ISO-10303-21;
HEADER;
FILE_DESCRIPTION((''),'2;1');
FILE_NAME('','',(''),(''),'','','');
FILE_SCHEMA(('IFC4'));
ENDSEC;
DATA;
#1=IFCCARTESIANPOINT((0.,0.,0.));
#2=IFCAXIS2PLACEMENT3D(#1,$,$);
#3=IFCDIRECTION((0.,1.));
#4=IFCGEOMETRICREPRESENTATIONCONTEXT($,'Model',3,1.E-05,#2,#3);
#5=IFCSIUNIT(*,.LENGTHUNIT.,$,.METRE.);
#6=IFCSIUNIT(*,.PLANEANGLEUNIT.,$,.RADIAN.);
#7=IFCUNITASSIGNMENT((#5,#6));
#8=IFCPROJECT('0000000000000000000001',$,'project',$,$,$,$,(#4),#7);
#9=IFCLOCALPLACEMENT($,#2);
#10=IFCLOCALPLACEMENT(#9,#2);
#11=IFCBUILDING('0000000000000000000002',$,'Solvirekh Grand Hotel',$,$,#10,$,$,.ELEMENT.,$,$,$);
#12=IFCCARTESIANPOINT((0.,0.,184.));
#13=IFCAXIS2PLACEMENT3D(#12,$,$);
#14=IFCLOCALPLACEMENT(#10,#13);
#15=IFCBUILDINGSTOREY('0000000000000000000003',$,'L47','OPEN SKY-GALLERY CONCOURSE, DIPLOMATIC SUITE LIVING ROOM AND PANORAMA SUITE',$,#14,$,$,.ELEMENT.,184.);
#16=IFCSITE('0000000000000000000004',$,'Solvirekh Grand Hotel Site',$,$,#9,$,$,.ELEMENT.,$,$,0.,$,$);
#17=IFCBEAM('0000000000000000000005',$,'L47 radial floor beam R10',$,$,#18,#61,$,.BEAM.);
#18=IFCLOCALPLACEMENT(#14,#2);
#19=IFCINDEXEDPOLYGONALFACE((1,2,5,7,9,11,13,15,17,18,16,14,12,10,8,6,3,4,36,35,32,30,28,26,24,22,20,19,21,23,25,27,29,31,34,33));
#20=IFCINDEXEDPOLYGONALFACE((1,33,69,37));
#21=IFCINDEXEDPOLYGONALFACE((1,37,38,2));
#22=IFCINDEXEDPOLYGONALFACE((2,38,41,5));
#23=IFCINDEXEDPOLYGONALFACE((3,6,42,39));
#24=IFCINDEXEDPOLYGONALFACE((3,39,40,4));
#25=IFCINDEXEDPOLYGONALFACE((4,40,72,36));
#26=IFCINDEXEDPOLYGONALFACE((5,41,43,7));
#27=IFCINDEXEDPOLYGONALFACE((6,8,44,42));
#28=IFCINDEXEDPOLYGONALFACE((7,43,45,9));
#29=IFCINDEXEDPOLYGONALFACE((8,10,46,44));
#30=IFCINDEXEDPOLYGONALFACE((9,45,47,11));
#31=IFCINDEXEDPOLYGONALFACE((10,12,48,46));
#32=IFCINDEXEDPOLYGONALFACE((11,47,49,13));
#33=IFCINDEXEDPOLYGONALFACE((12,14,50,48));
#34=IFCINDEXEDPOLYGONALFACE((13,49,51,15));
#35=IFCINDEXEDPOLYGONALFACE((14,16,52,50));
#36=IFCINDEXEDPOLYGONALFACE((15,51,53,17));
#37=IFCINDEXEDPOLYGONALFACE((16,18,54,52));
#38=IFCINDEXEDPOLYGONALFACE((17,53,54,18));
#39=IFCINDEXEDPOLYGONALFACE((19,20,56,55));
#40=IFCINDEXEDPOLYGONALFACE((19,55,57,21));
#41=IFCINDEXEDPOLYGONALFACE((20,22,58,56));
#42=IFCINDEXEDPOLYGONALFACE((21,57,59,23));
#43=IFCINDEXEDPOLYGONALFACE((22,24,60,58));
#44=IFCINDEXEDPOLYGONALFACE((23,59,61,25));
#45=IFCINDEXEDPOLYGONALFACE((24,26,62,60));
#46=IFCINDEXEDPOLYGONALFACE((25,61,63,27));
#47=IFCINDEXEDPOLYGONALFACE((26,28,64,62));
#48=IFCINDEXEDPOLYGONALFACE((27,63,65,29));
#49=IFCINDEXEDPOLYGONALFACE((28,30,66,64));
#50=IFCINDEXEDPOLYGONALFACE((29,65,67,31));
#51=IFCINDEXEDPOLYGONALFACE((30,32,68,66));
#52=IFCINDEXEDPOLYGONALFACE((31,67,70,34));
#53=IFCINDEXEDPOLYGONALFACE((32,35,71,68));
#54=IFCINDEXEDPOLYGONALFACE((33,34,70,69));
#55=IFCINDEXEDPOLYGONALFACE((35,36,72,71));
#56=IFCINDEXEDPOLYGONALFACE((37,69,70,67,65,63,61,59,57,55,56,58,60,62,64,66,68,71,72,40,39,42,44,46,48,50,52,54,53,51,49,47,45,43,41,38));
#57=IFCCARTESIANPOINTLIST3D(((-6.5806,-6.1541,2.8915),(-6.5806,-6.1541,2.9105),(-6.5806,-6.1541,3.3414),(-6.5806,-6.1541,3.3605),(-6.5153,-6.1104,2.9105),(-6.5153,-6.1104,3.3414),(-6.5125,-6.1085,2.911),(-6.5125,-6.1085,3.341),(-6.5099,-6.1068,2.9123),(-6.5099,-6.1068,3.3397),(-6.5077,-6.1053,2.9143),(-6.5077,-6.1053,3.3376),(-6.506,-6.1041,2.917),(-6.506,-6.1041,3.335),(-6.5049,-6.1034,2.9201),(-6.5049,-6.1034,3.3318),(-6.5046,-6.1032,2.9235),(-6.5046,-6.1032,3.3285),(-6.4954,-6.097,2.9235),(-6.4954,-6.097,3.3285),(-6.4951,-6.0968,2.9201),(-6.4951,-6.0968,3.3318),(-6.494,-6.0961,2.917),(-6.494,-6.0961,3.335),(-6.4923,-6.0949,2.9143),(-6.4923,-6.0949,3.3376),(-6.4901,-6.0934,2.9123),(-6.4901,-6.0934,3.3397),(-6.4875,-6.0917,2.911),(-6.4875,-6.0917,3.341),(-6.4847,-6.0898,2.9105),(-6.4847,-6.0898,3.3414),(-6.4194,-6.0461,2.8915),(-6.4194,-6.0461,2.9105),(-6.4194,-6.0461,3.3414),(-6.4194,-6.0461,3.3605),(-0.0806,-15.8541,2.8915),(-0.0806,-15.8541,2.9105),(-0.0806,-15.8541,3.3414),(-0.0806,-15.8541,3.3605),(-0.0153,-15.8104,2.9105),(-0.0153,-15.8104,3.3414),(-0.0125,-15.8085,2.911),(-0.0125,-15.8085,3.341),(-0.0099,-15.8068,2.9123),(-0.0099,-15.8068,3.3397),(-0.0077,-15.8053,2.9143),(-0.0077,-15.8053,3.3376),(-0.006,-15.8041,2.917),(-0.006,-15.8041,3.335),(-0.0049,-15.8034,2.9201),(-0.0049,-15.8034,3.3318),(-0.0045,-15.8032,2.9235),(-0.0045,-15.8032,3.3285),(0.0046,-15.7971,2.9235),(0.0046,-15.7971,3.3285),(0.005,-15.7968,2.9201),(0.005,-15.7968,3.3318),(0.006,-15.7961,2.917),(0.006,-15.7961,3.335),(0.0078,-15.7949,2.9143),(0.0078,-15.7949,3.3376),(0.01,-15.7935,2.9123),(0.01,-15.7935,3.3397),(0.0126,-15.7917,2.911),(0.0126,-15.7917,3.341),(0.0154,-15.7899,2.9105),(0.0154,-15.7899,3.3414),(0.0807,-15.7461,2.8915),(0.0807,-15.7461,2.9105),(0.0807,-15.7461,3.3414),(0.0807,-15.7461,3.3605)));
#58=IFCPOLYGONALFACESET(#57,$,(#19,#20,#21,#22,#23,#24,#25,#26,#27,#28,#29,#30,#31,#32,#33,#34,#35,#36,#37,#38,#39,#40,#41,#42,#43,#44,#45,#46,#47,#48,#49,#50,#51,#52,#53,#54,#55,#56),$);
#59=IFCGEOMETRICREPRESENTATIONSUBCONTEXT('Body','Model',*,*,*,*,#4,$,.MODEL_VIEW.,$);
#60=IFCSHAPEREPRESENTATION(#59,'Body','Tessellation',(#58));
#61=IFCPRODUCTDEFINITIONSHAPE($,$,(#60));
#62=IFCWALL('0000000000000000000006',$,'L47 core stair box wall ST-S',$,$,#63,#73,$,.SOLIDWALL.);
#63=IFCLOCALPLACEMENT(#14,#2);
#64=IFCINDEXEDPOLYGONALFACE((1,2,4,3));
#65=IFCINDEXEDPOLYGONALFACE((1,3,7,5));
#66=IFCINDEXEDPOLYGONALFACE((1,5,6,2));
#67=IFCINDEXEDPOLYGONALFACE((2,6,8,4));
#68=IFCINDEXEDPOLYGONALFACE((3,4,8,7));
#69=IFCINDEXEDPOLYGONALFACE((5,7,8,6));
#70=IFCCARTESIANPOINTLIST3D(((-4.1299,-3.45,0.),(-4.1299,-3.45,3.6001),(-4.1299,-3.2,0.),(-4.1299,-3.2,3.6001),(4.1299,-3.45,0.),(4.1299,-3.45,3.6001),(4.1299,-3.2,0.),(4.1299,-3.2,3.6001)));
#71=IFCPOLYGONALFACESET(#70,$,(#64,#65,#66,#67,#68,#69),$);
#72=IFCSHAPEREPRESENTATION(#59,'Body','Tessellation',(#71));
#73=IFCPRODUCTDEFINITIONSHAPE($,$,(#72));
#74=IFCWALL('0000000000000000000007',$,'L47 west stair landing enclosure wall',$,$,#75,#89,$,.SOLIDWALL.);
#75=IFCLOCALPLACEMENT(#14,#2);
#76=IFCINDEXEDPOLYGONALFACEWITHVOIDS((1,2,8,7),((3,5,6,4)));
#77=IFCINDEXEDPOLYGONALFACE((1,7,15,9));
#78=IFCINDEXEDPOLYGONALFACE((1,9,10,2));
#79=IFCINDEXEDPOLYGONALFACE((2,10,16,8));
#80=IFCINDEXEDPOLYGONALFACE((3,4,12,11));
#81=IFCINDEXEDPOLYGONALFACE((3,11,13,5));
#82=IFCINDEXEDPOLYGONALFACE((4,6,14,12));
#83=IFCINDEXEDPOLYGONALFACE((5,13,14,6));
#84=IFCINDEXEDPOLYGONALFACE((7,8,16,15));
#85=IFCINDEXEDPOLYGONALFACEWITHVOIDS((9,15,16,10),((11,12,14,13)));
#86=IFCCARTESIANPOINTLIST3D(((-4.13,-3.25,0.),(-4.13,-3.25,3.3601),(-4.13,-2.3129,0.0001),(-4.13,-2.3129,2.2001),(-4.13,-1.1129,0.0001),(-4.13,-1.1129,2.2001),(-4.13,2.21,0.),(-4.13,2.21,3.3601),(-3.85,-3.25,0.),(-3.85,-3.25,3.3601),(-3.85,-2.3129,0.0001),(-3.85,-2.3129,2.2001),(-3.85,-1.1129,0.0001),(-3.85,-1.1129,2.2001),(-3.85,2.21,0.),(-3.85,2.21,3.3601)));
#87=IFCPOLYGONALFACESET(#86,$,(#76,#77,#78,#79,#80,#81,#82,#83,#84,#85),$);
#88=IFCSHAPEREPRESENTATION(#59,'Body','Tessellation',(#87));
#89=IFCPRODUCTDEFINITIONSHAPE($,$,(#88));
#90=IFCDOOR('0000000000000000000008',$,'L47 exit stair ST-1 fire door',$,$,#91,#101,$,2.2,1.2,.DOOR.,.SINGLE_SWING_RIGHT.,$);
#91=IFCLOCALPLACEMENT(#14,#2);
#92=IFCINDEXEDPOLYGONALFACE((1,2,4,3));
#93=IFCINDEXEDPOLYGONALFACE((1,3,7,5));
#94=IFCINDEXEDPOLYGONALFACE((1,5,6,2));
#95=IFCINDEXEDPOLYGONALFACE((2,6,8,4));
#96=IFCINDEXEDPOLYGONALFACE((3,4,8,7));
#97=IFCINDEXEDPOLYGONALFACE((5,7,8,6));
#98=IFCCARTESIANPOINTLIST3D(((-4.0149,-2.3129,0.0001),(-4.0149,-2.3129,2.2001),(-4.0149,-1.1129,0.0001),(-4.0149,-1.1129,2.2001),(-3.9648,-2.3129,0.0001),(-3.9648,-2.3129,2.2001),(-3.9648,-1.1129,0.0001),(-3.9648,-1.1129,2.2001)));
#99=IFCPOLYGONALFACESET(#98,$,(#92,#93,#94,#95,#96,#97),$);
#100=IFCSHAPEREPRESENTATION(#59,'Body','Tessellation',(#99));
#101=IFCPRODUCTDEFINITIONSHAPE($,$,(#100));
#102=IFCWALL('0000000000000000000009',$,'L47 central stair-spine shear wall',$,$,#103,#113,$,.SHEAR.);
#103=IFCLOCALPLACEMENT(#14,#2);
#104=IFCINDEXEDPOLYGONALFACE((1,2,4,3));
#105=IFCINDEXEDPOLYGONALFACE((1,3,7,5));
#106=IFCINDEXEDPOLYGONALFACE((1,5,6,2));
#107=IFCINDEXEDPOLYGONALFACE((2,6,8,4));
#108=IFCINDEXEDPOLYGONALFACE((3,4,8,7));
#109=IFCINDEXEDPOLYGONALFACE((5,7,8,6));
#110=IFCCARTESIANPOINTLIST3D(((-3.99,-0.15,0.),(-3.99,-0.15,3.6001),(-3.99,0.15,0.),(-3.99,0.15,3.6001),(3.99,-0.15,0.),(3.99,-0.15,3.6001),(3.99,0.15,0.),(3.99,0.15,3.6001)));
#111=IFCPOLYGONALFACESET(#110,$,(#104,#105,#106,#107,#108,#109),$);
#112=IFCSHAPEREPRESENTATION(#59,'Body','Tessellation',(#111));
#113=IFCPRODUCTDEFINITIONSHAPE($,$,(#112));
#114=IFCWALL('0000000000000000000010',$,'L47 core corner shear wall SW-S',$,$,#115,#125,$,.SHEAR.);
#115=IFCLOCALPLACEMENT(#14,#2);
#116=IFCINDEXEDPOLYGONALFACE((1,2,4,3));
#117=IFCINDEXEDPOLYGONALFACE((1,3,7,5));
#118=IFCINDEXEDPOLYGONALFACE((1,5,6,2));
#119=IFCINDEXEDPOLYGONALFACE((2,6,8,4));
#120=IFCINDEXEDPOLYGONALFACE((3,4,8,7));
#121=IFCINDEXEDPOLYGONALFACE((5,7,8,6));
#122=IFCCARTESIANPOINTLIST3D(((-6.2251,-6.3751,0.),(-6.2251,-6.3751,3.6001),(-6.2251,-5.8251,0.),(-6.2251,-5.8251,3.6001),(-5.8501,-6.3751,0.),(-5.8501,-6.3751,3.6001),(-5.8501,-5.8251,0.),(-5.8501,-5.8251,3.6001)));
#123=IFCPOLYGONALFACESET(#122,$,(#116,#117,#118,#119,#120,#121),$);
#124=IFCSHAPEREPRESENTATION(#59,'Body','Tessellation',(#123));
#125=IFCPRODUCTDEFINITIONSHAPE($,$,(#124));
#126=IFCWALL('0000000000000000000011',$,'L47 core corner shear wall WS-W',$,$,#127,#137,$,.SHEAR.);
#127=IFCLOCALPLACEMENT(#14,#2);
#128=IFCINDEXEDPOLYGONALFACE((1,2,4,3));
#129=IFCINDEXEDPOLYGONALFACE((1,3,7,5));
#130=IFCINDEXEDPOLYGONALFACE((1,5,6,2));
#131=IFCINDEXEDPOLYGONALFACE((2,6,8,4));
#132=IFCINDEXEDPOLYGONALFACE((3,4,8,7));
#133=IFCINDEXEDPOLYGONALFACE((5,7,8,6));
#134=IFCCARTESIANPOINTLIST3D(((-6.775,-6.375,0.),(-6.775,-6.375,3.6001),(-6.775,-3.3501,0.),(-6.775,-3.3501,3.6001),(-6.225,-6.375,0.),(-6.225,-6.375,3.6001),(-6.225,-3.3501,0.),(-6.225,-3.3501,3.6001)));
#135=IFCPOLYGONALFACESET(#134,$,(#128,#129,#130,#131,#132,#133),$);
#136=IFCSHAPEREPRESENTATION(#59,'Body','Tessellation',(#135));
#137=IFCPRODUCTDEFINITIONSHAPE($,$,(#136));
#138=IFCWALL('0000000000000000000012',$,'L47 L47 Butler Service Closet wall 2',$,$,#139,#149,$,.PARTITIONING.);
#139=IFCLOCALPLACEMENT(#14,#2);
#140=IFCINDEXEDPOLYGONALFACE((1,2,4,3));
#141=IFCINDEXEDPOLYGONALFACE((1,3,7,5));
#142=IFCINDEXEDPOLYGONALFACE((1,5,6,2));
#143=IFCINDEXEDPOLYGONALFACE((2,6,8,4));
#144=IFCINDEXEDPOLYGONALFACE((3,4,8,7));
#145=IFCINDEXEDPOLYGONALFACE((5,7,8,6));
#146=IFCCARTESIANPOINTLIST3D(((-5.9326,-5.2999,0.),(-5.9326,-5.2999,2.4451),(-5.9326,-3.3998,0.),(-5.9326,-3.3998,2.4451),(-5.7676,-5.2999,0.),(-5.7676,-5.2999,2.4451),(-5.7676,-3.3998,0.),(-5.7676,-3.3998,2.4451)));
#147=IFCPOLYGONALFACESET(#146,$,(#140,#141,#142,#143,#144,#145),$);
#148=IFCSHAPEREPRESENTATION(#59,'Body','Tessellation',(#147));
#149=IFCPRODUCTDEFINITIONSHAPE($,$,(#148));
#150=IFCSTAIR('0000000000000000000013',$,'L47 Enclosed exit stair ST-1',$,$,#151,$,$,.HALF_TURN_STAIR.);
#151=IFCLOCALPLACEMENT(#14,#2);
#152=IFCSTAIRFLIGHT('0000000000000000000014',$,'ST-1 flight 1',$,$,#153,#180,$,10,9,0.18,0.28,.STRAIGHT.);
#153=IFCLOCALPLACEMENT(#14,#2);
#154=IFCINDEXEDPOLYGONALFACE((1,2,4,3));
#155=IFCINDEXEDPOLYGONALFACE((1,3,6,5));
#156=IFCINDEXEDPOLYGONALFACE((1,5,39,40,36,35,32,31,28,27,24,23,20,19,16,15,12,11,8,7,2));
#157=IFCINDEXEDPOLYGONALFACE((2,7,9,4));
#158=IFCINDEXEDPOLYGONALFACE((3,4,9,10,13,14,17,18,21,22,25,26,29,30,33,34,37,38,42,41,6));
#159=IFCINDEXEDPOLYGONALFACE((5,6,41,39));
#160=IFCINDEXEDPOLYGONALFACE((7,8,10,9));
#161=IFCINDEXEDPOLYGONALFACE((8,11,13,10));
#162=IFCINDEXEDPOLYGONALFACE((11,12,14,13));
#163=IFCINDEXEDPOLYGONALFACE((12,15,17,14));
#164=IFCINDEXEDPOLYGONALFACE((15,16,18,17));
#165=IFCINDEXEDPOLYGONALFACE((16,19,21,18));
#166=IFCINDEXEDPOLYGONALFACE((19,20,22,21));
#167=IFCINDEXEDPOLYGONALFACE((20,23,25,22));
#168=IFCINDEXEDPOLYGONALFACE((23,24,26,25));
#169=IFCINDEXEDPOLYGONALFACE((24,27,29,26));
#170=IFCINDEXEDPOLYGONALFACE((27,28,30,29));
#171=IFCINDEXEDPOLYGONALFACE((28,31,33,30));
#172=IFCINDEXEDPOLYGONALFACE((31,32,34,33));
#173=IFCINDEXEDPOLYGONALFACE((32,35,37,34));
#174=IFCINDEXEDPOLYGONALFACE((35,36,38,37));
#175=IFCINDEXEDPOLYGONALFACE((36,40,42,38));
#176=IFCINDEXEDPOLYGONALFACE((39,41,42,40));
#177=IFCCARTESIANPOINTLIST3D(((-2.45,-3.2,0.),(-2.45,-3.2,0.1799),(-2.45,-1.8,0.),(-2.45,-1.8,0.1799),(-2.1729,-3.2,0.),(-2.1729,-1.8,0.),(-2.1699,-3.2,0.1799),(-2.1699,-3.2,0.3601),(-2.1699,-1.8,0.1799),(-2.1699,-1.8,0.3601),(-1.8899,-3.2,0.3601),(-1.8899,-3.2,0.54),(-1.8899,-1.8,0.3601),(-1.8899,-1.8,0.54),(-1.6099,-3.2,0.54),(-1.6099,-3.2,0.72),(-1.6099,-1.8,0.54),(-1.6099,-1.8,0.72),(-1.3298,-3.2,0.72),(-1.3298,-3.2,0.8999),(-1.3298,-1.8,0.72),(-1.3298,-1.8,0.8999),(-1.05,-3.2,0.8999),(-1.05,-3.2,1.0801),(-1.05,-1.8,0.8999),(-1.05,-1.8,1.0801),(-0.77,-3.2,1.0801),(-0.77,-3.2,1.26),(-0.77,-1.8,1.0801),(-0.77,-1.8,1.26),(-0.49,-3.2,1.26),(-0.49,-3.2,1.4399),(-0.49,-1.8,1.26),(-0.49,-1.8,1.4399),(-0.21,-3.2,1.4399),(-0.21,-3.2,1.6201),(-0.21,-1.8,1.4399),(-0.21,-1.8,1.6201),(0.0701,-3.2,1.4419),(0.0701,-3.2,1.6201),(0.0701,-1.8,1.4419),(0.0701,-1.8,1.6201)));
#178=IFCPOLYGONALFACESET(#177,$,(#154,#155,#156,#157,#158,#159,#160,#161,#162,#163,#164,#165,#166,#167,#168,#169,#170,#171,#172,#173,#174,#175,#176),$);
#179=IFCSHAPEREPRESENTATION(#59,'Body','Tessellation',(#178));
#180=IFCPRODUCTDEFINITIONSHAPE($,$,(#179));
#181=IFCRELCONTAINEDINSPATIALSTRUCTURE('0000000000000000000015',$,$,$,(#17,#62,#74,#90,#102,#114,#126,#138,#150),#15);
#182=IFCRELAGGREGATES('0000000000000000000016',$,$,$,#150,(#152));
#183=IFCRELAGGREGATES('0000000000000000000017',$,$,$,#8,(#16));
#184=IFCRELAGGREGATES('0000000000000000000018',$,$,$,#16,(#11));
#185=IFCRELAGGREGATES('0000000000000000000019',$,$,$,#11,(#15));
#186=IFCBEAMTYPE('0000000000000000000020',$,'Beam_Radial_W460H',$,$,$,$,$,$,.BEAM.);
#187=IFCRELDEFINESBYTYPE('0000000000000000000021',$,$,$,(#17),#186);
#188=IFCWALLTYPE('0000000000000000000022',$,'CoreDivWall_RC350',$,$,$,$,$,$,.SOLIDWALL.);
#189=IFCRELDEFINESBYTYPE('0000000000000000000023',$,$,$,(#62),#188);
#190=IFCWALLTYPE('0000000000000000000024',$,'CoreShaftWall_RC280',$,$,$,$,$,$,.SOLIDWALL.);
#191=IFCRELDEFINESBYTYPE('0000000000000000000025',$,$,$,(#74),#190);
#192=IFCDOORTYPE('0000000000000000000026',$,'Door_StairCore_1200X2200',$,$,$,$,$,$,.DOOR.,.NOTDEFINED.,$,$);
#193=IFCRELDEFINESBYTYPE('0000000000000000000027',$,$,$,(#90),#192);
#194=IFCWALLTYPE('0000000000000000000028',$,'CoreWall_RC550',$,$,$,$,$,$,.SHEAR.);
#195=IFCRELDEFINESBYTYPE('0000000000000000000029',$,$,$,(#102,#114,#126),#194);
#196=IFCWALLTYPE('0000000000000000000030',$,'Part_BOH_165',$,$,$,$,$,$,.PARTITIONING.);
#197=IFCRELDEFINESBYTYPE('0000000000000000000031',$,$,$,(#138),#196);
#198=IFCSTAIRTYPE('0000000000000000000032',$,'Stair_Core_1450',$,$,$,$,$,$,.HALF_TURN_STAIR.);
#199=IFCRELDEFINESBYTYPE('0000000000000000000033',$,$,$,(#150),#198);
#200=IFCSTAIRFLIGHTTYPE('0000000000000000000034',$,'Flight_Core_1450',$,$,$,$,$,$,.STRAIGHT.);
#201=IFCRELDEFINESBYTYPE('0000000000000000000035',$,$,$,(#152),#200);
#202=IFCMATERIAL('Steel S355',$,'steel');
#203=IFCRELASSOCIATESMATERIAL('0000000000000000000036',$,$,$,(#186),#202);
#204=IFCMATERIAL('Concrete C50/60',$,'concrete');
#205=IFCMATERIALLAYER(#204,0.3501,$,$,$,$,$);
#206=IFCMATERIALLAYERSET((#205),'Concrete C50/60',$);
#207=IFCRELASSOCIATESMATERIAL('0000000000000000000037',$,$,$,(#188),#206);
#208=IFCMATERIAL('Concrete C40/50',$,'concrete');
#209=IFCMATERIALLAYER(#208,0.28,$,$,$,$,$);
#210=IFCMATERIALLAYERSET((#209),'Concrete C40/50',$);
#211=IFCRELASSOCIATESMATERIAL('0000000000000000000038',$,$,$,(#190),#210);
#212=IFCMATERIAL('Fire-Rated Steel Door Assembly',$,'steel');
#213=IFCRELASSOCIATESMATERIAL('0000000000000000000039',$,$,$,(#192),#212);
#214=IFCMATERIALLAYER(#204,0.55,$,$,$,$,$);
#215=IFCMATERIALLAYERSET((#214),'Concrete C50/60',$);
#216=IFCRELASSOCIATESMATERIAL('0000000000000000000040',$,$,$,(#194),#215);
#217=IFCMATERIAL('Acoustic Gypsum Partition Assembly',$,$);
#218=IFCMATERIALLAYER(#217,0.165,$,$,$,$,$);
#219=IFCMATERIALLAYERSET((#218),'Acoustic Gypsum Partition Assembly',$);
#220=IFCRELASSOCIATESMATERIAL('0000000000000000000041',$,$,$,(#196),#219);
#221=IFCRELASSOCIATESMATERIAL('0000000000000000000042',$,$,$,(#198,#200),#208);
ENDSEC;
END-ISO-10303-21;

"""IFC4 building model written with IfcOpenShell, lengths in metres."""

from ifc_helpers import new_model, si_unit, direction, frame, frame_2d, origin, origin_2d, place, context, subcontext, project, spatial, polyline, rectangle, i_section, outline, extrude, material, layer, layer_set, material_profile, profile_set, type_object, element, fill, aggregate, save


model = new_model("IFC4")

# Units and contexts
model_context = context("Model", 3, precision=1e-05, world=origin(), true_north=direction((0.0, 1.0)))
body_context = subcontext(model_context, "Body", "Model", "MODEL_VIEW")
ifc_project = project(units=[si_unit("LENGTHUNIT", "METRE"), si_unit("PLANEANGLEUNIT", "RADIAN")], contexts=[model_context])

# Site, building, storey
site_placement = place(None, origin())
site = spatial("IfcSite", under=ifc_project, at=site_placement, Name="Solvirekh Grand Hotel Site", CompositionType="ELEMENT", RefElevation=0.0)
building_placement = place(site_placement, origin())
building = spatial("IfcBuilding", under=site, at=building_placement, Name="Solvirekh Grand Hotel", CompositionType="ELEMENT")
storey_placement = place(building_placement, frame((0.0, 0.0, 184.0)))
storey = spatial("IfcBuildingStorey", under=building, at=storey_placement, Name="L47", Description="OPEN SKY-GALLERY CONCOURSE, DIPLOMATIC SUITE LIVING ROOM AND PANORAMA SUITE", CompositionType="ELEMENT", Elevation=184.0)

# Shared definitions
ifc_material_1 = material(Name="Concrete C50/60", Category="concrete")

# Beam
ifc_material_2 = material(Name="Steel S355", Category="steel")
ifc_material_profile_1 = material_profile(ifc_material_2, i_section(OverallWidth=0.1941, OverallDepth=0.469, WebThickness=0.011, FlangeThickness=0.019, FilletRadius=0.0129, at=origin_2d()), Name="W460X106")
ifc_profile_set_1 = profile_set([ifc_material_profile_1], Name="Steel S355")
beam_type_1 = type_object("IfcBeamType", Name="Beam_Radial_W460H", PredefinedType="BEAM", material=ifc_profile_set_1)
beam_1_placement = place(storey_placement, frame((-6.5, -6.1001, 3.126), z_axis=(0.556677, -0.830729, 0.0), x_axis=(0.830729, 0.556677, 0.0)))
element("IfcBeam", 1, at=beam_1_placement, inside=storey, type_object=beam_type_1, Name="L47 radial floor beam R10", PredefinedType="BEAM", context=body_context, shape_type="SweptSolid", body=[
    extrude(i_section(OverallWidth=0.1941, OverallDepth=0.469, WebThickness=0.011, FlangeThickness=0.019, FilletRadius=0.0129, at=origin_2d()), origin(), (0.0, 0.0, 1.0), 11.6765),
])

# Wall
ifc_layer_1 = layer(ifc_material_1, 0.3501)
ifc_layer_set_1 = layer_set([ifc_layer_1], Name="Concrete C50/60")
wall_type_1 = type_object("IfcWallType", Name="CoreDivWall_RC350", PredefinedType="SOLIDWALL", material=ifc_layer_set_1)
wall_1_placement = place(storey_placement, frame((-4.1299, -3.325, 0.0), z_axis=(0.0, 0.0, 1.0), x_axis=(1.0, 0.0, 0.0)))
element("IfcWall", 2, at=wall_1_placement, inside=storey, type_object=wall_type_1, Name="L47 core stair box wall ST-S", PredefinedType="SOLIDWALL", context=body_context, shape_type="SweptSolid", body=[
    extrude(rectangle(XDim=8.2598, YDim=0.25, at=frame_2d((4.1299, 0.0))), origin(), (0.0, 0.0, 1.0), 3.6001),
])

# Wall, opening, door
ifc_material_3 = material(Name="Concrete C40/50", Category="concrete")
ifc_layer_2 = layer(ifc_material_3, 0.28)
ifc_layer_set_2 = layer_set([ifc_layer_2], Name="Concrete C40/50")
wall_type_2 = type_object("IfcWallType", Name="CoreShaftWall_RC280", PredefinedType="SOLIDWALL", material=ifc_layer_set_2)
wall_2_placement = place(storey_placement, frame((-3.99, -3.25, 0.0), z_axis=(0.0, 0.0, 1.0), x_axis=(0.0, 1.0, 0.0)))
wall_2 = element("IfcWall", 3, at=wall_2_placement, inside=storey, type_object=wall_type_2, Name="L47 west stair landing enclosure wall", PredefinedType="SOLIDWALL", context=body_context, shape_type="SweptSolid", body=[
    extrude(rectangle(XDim=5.46, YDim=0.28, at=frame_2d((2.73, 0.0))), origin(), (0.0, 0.0, 1.0), 3.3601),
])
opening_placement = place(wall_2_placement, frame((0.937, 0.0, 0.0)))
opening = element("IfcOpeningElement", 4, at=opening_placement, cuts=wall_2, PredefinedType="OPENING", context=body_context, shape_type="SweptSolid", body=[
    extrude(rectangle(XDim=1.2, YDim=2.2, at=frame_2d((0.6001, 1.1001))), frame((0.0, 0.1499, 0.0), z_axis=(0.0, -1.0, 0.0), x_axis=(1.0, 0.0, 0.0)), (0.0, 0.0, 1.0), 0.3),
])
ifc_material_4 = material(Name="Fire-Rated Steel Door Assembly", Category="steel")
door_type = type_object("IfcDoorType", Name="Door_StairCore_1200X2200", OperationType="NOTDEFINED", PredefinedType="DOOR", material=ifc_material_4)
door_placement = place(opening_placement, origin())
door = element("IfcDoor", 5, at=door_placement, inside=storey, type_object=door_type, Name="L47 exit stair ST-1 fire door", OperationType="SINGLE_SWING_RIGHT", OverallHeight=2.2, OverallWidth=1.2, PredefinedType="DOOR", context=body_context, shape_type="SweptSolid", body=[
    extrude(rectangle(XDim=1.2, YDim=2.2, at=frame_2d((0.6001, 1.1001))), frame((0.0, 0.0249, 0.0), z_axis=(0.0, -1.0, 0.0), x_axis=(1.0, 0.0, 0.0)), (0.0, 0.0, 1.0), 0.05),
])
fill(opening, door)

# Walls
ifc_layer_3 = layer(ifc_material_1, 0.55)
ifc_layer_set_3 = layer_set([ifc_layer_3], Name="Concrete C50/60")
wall_type_3 = type_object("IfcWallType", Name="CoreWall_RC550", PredefinedType="SHEAR", material=ifc_layer_set_3)
wall_3_placement = place(storey_placement, frame((-3.99, 0.0, 0.0), z_axis=(0.0, 0.0, 1.0), x_axis=(1.0, 0.0, 0.0)))
element("IfcWall", 6, at=wall_3_placement, inside=storey, type_object=wall_type_3, Name="L47 central stair-spine shear wall", PredefinedType="SHEAR", context=body_context, shape_type="SweptSolid", body=[
    extrude(rectangle(XDim=7.98, YDim=0.3, at=frame_2d((3.99, 0.0))), origin(), (0.0, 0.0, 1.0), 3.6001),
])
wall_4_placement = place(storey_placement, frame((-6.2251, -6.1001, 0.0), z_axis=(0.0, 0.0, 1.0), x_axis=(1.0, 0.0, 0.0)))
element("IfcWall", 7, at=wall_4_placement, inside=storey, type_object=wall_type_3, Name="L47 core corner shear wall SW-S", PredefinedType="SHEAR", context=body_context, shape_type="SweptSolid", body=[
    extrude(rectangle(XDim=0.375, YDim=0.55, at=frame_2d((0.1875, 0.0))), origin(), (0.0, 0.0, 1.0), 3.6001),
])
wall_5_placement = place(storey_placement, frame((-6.5, -6.375, 0.0), z_axis=(0.0, 0.0, 1.0), x_axis=(0.0, 1.0, 0.0)))
element("IfcWall", 8, at=wall_5_placement, inside=storey, type_object=wall_type_3, Name="L47 core corner shear wall WS-W", PredefinedType="SHEAR", context=body_context, shape_type="SweptSolid", body=[
    extrude(rectangle(XDim=3.0249, YDim=0.55, at=frame_2d((1.5125, 0.0))), origin(), (0.0, 0.0, 1.0), 3.6001),
])
ifc_material_5 = material(Name="Acoustic Gypsum Partition Assembly")
ifc_layer_4 = layer(ifc_material_5, 0.165)
ifc_layer_set_4 = layer_set([ifc_layer_4], Name="Acoustic Gypsum Partition Assembly")
wall_type_4 = type_object("IfcWallType", Name="Part_BOH_165", PredefinedType="PARTITIONING", material=ifc_layer_set_4)
wall_6_placement = place(storey_placement, frame((-5.8501, -5.3, 0.0), z_axis=(0.0, 0.0, 1.0), x_axis=(0.0, 1.0, 0.0)))
element("IfcWall", 9, at=wall_6_placement, inside=storey, type_object=wall_type_4, Name="L47 L47 Butler Service Closet wall 2", PredefinedType="PARTITIONING", context=body_context, shape_type="SweptSolid", body=[
    extrude(rectangle(XDim=1.9001, YDim=0.165, at=frame_2d((0.9502, 0.0))), origin(), (0.0, 0.0, 1.0), 2.4451),
])

# Stair, stair flight
stair_type = type_object("IfcStairType", Name="Stair_Core_1450", PredefinedType="HALF_TURN_STAIR", material=ifc_material_3)
stair_placement = place(storey_placement, origin())
stair = element("IfcStair", 10, at=stair_placement, inside=storey, type_object=stair_type, Name="L47 Enclosed exit stair ST-1", PredefinedType="HALF_TURN_STAIR")
stair_flight_type = type_object("IfcStairFlightType", Name="Flight_Core_1450", PredefinedType="STRAIGHT", material=ifc_material_3)
stair_flight_placement = place(storey_placement, frame((-2.45, -2.5, 0.0), z_axis=(0.0, 0.0, 1.0), x_axis=(1.0, 0.0, 0.0)))
stair_flight = element("IfcStairFlight", 11, at=stair_flight_placement, type_object=stair_flight_type, Name="ST-1 flight 1", NumberOfRisers=10, NumberOfTreads=9, PredefinedType="STRAIGHT", RiserHeight=0.18, TreadLength=0.28, context=body_context, shape_type="SweptSolid", body=[
    extrude(outline(polyline([(0.0, 0.0), (0.0, 0.1799), (0.28, 0.1799), (0.28, 0.3601), (0.5601, 0.3601), (0.5601, 0.54), (0.8401, 0.54), (0.8401, 0.72), (1.1201, 0.72), (1.1201, 0.8999), (1.3999, 0.8999), (1.3999, 1.0801), (1.6799, 1.0801), (1.6799, 1.26), (1.96, 1.26), (1.96, 1.4399), (2.24, 1.4399), (2.24, 1.6201), (2.52, 1.6201), (2.52, 1.8), (2.52, 1.4419), (0.2771, 0.0), (0.0, 0.0)])), frame((0.0, 0.7, 0.0), z_axis=(0.0, -1.0, 0.0), x_axis=(1.0, 0.0, 0.0)), (0.0, 0.0, 1.0), 1.3999),
])
aggregate(stair, [stair_flight])

save(model, "model.ifc")
